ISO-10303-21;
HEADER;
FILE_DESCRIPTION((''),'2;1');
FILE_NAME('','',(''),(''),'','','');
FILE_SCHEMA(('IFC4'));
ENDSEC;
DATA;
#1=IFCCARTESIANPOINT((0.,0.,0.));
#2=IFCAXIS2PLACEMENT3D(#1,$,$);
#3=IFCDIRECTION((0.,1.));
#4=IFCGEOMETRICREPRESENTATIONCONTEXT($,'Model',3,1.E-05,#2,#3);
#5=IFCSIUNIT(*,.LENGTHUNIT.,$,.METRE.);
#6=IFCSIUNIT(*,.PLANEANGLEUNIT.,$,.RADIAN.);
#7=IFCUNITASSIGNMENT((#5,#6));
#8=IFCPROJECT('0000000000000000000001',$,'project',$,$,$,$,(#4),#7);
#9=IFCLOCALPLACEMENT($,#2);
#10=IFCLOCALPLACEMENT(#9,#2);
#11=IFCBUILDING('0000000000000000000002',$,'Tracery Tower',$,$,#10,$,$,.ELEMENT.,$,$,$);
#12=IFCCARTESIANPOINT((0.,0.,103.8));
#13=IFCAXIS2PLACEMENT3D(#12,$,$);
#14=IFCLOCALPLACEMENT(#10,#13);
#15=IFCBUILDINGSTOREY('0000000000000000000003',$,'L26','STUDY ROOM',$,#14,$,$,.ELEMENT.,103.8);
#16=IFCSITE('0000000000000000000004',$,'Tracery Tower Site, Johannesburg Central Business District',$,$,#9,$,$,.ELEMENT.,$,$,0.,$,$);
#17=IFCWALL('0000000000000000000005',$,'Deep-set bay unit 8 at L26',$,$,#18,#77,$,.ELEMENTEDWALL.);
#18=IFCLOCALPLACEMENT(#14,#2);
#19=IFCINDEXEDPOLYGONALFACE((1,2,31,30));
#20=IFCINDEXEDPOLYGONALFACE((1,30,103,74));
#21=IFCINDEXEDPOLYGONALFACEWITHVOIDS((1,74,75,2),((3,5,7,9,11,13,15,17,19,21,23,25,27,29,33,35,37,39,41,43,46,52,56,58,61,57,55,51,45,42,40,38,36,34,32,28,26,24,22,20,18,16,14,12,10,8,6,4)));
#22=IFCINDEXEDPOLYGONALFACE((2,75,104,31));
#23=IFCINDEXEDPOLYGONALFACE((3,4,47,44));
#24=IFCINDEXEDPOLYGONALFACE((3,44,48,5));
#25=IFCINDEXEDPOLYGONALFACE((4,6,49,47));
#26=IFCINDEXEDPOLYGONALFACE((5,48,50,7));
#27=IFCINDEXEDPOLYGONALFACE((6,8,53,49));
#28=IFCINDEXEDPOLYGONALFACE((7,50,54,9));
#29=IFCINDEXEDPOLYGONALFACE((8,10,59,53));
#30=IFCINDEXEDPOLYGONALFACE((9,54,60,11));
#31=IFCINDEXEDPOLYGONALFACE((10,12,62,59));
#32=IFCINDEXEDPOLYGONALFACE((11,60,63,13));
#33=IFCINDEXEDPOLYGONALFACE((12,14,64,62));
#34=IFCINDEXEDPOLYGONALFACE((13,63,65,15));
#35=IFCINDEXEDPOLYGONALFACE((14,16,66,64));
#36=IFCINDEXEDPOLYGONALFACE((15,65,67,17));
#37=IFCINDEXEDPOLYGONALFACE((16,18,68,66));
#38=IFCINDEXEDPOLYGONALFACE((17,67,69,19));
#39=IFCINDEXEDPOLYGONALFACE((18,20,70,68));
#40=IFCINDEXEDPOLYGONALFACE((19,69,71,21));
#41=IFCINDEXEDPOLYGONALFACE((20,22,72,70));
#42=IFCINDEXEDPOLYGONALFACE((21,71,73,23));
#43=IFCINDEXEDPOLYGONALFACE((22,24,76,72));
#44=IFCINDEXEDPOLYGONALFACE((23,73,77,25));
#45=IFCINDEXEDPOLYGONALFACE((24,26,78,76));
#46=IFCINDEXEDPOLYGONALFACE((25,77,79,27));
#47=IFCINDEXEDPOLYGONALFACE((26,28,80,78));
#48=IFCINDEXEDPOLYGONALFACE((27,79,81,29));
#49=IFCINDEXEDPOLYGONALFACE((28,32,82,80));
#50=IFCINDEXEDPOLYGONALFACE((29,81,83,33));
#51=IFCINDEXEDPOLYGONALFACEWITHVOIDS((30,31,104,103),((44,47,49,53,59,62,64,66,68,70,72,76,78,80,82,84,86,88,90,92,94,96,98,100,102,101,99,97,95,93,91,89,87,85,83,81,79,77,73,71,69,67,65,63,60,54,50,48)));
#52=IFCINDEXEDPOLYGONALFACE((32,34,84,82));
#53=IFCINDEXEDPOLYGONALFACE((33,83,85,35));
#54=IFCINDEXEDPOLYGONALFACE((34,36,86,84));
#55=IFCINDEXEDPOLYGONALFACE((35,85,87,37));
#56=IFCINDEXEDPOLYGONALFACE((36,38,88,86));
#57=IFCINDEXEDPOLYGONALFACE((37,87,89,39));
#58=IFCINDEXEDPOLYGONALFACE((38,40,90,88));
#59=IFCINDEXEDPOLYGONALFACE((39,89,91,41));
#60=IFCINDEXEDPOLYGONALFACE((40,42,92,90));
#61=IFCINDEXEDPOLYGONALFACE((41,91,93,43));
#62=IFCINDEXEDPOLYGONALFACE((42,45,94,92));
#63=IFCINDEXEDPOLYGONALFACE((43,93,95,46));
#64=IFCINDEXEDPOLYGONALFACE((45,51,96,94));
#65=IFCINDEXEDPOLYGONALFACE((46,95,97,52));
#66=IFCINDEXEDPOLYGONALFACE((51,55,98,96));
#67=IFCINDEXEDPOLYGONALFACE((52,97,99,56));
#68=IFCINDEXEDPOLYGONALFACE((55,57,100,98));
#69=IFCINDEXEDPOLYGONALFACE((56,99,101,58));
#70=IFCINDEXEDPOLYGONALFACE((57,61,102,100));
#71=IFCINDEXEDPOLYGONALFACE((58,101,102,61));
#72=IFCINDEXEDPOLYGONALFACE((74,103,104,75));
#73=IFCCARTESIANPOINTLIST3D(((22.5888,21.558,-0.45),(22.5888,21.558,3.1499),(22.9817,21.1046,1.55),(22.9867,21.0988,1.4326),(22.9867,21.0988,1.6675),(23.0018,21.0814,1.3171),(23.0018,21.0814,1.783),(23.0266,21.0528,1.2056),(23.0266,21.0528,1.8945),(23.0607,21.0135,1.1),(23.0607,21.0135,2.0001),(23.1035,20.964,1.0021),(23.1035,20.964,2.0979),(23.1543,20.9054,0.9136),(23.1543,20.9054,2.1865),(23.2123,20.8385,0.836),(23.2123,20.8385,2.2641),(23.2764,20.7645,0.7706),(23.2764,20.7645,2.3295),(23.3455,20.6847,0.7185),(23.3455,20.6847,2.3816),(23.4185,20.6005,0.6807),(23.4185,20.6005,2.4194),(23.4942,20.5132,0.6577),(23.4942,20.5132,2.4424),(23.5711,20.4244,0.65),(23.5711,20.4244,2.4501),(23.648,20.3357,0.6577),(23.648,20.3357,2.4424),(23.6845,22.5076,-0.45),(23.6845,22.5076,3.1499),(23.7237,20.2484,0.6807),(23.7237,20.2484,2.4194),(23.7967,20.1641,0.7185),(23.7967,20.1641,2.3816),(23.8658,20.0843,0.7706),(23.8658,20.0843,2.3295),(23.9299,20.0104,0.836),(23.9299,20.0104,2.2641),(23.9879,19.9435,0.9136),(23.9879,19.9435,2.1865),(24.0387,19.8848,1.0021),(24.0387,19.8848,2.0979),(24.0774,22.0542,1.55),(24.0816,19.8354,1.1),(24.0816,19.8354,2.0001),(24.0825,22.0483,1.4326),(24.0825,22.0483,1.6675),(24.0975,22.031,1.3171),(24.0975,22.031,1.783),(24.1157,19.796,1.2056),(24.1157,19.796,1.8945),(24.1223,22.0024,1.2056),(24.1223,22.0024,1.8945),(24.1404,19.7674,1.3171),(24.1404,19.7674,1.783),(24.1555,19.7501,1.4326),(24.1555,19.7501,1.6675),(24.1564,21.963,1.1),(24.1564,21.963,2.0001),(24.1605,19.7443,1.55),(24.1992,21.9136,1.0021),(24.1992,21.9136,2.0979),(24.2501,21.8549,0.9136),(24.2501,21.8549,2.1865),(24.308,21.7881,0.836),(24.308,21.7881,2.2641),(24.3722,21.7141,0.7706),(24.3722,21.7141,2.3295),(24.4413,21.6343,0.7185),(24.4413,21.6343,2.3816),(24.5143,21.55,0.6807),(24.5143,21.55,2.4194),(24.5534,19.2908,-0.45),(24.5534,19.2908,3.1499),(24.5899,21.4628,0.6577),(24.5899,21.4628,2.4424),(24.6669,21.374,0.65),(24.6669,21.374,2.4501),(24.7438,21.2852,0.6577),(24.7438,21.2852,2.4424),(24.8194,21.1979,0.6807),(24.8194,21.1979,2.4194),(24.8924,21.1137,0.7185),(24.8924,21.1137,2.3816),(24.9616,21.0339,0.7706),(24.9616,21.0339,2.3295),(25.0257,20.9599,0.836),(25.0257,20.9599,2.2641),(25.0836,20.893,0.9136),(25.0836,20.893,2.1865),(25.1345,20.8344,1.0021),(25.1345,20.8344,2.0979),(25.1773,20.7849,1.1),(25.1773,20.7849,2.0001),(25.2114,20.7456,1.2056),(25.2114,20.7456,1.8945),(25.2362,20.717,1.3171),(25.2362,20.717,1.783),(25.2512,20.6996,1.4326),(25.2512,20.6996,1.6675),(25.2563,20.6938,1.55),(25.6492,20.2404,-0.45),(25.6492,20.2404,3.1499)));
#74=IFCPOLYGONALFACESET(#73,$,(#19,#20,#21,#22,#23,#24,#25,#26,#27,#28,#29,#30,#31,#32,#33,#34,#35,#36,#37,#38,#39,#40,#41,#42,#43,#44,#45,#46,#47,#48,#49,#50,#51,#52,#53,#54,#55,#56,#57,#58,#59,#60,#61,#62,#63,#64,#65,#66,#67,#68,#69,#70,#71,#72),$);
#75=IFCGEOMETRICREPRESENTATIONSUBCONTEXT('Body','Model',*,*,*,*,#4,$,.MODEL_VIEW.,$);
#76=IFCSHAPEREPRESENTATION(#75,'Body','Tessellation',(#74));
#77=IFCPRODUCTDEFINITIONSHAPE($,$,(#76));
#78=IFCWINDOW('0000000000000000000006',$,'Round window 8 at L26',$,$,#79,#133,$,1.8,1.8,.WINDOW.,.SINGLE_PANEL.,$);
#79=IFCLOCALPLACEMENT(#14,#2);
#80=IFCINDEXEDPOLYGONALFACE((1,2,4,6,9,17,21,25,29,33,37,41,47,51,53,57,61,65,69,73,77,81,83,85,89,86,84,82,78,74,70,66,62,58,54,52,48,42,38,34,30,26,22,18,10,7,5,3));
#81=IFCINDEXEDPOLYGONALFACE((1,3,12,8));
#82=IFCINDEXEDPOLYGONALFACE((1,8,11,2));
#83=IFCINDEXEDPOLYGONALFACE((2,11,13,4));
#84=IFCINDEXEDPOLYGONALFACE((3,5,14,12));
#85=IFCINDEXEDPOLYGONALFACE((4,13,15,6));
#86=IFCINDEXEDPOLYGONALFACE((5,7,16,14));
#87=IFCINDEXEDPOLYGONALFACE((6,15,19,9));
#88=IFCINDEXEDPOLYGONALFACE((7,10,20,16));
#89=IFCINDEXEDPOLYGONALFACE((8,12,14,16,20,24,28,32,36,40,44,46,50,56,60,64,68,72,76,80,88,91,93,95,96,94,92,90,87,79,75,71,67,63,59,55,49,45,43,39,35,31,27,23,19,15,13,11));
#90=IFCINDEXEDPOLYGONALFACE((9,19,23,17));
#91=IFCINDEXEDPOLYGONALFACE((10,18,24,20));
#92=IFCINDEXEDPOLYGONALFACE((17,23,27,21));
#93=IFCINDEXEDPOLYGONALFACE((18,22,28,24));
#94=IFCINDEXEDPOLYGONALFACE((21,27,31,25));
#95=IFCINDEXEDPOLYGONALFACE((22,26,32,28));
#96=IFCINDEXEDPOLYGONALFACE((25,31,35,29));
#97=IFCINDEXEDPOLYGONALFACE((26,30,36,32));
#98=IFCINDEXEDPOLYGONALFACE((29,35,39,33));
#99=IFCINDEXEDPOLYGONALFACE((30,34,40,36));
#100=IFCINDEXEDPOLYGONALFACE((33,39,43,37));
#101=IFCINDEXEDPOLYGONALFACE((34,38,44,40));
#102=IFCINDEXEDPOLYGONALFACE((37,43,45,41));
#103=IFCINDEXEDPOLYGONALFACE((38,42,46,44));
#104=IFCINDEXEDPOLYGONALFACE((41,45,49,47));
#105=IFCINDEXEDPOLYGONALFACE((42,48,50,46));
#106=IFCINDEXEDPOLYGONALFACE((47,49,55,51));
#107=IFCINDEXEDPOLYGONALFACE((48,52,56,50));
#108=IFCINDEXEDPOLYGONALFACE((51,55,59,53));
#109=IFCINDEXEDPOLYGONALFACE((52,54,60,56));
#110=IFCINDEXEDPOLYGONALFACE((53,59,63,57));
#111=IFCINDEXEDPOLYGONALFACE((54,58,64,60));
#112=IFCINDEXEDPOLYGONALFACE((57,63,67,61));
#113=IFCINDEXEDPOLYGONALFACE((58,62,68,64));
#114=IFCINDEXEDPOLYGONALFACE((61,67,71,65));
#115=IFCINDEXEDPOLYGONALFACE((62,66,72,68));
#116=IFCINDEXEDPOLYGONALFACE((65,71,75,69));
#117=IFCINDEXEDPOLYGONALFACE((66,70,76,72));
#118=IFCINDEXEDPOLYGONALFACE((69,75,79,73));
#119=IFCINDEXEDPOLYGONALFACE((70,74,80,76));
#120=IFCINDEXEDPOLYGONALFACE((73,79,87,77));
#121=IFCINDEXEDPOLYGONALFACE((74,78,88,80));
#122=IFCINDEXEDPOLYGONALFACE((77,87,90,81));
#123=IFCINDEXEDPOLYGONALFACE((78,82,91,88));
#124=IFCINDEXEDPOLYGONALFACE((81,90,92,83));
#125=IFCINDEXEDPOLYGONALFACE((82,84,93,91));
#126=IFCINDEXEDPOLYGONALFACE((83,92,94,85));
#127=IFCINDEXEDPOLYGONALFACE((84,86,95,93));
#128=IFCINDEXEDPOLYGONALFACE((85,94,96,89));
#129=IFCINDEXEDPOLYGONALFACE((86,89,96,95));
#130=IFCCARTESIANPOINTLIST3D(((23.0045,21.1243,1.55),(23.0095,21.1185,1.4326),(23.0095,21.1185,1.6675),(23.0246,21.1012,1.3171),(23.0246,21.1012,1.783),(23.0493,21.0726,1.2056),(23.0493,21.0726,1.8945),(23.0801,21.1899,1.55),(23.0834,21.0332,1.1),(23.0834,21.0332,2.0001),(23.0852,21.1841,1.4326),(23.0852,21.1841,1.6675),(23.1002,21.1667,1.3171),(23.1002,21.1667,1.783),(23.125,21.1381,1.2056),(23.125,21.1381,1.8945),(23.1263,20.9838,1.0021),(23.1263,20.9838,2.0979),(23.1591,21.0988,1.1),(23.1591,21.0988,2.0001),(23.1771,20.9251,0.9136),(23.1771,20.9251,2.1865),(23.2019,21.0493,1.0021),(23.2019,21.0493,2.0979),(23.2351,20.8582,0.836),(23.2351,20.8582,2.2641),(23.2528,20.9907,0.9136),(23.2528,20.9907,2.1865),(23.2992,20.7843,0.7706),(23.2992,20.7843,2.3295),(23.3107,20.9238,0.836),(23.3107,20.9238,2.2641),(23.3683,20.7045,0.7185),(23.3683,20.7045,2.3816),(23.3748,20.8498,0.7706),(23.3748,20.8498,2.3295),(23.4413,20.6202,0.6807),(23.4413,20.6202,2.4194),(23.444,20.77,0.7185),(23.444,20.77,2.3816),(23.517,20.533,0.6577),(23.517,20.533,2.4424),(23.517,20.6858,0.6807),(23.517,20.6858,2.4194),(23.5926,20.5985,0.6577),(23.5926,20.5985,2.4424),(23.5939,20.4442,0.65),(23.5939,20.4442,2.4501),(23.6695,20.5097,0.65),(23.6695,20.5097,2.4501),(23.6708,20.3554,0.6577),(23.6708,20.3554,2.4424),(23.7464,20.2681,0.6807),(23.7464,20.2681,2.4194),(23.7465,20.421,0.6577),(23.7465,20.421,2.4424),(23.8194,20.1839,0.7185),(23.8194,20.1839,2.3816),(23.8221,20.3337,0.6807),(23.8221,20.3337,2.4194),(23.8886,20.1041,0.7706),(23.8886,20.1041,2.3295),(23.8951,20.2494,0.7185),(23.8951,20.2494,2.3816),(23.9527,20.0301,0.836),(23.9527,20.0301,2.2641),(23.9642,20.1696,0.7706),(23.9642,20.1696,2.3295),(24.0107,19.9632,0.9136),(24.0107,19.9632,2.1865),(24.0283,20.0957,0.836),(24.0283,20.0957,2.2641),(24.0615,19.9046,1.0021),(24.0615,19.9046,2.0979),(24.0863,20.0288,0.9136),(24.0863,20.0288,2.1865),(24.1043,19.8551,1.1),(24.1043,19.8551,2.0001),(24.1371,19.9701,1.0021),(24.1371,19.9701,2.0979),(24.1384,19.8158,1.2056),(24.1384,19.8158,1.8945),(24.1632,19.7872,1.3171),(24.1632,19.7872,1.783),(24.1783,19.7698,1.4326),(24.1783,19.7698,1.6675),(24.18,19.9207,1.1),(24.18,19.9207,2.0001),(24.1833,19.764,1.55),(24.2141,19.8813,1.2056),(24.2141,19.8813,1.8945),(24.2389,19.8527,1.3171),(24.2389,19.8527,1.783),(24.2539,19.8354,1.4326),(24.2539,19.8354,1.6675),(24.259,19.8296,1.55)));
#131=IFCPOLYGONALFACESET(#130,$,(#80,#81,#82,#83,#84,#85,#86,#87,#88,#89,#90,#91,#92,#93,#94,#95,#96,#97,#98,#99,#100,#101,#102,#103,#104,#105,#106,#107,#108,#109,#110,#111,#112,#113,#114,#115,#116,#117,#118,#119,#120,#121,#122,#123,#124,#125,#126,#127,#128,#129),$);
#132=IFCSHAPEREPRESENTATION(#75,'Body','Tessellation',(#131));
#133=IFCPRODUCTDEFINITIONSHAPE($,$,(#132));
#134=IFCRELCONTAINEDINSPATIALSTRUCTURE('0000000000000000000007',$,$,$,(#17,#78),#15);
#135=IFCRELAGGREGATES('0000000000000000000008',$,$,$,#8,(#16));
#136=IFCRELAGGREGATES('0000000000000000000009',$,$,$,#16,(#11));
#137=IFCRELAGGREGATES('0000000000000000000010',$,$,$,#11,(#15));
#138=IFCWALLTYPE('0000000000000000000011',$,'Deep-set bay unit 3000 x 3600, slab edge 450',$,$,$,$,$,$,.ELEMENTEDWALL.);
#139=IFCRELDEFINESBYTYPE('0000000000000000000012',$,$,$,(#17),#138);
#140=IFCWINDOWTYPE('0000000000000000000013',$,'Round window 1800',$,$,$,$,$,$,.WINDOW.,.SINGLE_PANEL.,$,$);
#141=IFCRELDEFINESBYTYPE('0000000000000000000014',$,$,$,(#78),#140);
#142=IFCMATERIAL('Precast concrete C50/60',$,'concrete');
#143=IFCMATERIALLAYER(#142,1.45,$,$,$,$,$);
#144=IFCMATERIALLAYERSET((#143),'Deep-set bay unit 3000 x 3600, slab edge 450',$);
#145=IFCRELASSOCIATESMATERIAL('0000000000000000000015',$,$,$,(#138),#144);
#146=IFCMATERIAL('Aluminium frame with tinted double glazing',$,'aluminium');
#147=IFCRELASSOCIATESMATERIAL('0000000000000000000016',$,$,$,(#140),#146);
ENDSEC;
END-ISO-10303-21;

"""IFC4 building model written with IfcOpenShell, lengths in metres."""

from ifc_helpers import new_model, si_unit, direction, frame, frame_2d, origin, origin_2d, place, context, subcontext, project, spatial, rectangle, circle, extrude, material, layer, layer_set, type_object, element, fill, save


model = new_model("IFC4")

# Units and contexts
model_context = context("Model", 3, precision=1e-05, world=origin(), true_north=direction((0.0, 1.0)))
body_context = subcontext(model_context, "Body", "Model", "MODEL_VIEW")
ifc_project = project(units=[si_unit("LENGTHUNIT", "METRE"), si_unit("PLANEANGLEUNIT", "RADIAN")], contexts=[model_context])

# Site, building, storey
site_placement = place(None, origin())
site = spatial("IfcSite", under=ifc_project, at=site_placement, Name="Tracery Tower Site, Johannesburg Central Business District", CompositionType="ELEMENT", RefElevation=0.0)
building_placement = place(site_placement, origin())
building = spatial("IfcBuilding", under=site, at=building_placement, Name="Tracery Tower", CompositionType="ELEMENT")
storey_placement = place(building_placement, frame((0.0, 0.0, 103.8)))
storey = spatial("IfcBuildingStorey", under=building, at=storey_placement, Name="L26", Description="STUDY ROOM", CompositionType="ELEMENT", Elevation=103.8)

# Wall, opening, window
ifc_material_1 = material(Name="Precast concrete C50/60", Category="concrete")
ifc_layer_1 = layer(ifc_material_1, 1.45)
ifc_layer_set_1 = layer_set([ifc_layer_1], Name="Deep-set bay unit 3000 x 3600, slab edge 450")
wall_type_1 = type_object("IfcWallType", Name="Deep-set bay unit 3000 x 3600, slab edge 450", PredefinedType="ELEMENTEDWALL", material=ifc_layer_set_1)
wall_1_placement = place(storey_placement, frame((25.1013, 19.7656, -0.45), z_axis=(0.0, 0.0, 1.0), x_axis=(-0.65489, 0.755724, 0.0)))
wall_1 = element("IfcWall", 1, at=wall_1_placement, inside=storey, type_object=wall_type_1, Name="Deep-set bay unit 8 at L26", PredefinedType="ELEMENTEDWALL", context=body_context, shape_type="SweptSolid", body=[
    extrude(rectangle(XDim=3.0, YDim=1.45, at=frame_2d((1.5, 0.0))), origin(), (0.0, 0.0, 1.0), 3.5999),
])
opening_1_placement = place(wall_1_placement, frame((1.5, 0.0, 2.0)))
opening_1 = element("IfcOpeningElement", 2, at=opening_1_placement, cuts=wall_1, PredefinedType="OPENING", context=body_context, shape_type="SweptSolid", body=[
    extrude(circle(Radius=0.9, at=origin_2d()), frame((0.0, 0.7349, 0.0), z_axis=(0.0, -1.0, 0.0), x_axis=(1.0, 0.0, 0.0)), (0.0, 0.0, 1.0), 1.47),
])
ifc_material_2 = material(Name="Aluminium frame with tinted double glazing", Category="aluminium")
window_type = type_object("IfcWindowType", Name="Round window 1800", PartitioningType="SINGLE_PANEL", PredefinedType="WINDOW", material=ifc_material_2)
window_1_placement = place(opening_1_placement, origin())
window_1 = element("IfcWindow", 3, at=window_1_placement, inside=storey, type_object=window_type, Name="Round window 8 at L26", OverallHeight=1.8, OverallWidth=1.8, PartitioningType="SINGLE_PANEL", PredefinedType="WINDOW", context=body_context, shape_type="SweptSolid", body=[
    extrude(circle(Radius=0.9, at=origin_2d()), frame((0.0, 0.6948, 0.0), z_axis=(0.0, -1.0, 0.0), x_axis=(1.0, 0.0, 0.0)), (0.0, 0.0, 1.0), 0.1001),
])
fill(opening_1, window_1)

save(model, "model.ifc")
